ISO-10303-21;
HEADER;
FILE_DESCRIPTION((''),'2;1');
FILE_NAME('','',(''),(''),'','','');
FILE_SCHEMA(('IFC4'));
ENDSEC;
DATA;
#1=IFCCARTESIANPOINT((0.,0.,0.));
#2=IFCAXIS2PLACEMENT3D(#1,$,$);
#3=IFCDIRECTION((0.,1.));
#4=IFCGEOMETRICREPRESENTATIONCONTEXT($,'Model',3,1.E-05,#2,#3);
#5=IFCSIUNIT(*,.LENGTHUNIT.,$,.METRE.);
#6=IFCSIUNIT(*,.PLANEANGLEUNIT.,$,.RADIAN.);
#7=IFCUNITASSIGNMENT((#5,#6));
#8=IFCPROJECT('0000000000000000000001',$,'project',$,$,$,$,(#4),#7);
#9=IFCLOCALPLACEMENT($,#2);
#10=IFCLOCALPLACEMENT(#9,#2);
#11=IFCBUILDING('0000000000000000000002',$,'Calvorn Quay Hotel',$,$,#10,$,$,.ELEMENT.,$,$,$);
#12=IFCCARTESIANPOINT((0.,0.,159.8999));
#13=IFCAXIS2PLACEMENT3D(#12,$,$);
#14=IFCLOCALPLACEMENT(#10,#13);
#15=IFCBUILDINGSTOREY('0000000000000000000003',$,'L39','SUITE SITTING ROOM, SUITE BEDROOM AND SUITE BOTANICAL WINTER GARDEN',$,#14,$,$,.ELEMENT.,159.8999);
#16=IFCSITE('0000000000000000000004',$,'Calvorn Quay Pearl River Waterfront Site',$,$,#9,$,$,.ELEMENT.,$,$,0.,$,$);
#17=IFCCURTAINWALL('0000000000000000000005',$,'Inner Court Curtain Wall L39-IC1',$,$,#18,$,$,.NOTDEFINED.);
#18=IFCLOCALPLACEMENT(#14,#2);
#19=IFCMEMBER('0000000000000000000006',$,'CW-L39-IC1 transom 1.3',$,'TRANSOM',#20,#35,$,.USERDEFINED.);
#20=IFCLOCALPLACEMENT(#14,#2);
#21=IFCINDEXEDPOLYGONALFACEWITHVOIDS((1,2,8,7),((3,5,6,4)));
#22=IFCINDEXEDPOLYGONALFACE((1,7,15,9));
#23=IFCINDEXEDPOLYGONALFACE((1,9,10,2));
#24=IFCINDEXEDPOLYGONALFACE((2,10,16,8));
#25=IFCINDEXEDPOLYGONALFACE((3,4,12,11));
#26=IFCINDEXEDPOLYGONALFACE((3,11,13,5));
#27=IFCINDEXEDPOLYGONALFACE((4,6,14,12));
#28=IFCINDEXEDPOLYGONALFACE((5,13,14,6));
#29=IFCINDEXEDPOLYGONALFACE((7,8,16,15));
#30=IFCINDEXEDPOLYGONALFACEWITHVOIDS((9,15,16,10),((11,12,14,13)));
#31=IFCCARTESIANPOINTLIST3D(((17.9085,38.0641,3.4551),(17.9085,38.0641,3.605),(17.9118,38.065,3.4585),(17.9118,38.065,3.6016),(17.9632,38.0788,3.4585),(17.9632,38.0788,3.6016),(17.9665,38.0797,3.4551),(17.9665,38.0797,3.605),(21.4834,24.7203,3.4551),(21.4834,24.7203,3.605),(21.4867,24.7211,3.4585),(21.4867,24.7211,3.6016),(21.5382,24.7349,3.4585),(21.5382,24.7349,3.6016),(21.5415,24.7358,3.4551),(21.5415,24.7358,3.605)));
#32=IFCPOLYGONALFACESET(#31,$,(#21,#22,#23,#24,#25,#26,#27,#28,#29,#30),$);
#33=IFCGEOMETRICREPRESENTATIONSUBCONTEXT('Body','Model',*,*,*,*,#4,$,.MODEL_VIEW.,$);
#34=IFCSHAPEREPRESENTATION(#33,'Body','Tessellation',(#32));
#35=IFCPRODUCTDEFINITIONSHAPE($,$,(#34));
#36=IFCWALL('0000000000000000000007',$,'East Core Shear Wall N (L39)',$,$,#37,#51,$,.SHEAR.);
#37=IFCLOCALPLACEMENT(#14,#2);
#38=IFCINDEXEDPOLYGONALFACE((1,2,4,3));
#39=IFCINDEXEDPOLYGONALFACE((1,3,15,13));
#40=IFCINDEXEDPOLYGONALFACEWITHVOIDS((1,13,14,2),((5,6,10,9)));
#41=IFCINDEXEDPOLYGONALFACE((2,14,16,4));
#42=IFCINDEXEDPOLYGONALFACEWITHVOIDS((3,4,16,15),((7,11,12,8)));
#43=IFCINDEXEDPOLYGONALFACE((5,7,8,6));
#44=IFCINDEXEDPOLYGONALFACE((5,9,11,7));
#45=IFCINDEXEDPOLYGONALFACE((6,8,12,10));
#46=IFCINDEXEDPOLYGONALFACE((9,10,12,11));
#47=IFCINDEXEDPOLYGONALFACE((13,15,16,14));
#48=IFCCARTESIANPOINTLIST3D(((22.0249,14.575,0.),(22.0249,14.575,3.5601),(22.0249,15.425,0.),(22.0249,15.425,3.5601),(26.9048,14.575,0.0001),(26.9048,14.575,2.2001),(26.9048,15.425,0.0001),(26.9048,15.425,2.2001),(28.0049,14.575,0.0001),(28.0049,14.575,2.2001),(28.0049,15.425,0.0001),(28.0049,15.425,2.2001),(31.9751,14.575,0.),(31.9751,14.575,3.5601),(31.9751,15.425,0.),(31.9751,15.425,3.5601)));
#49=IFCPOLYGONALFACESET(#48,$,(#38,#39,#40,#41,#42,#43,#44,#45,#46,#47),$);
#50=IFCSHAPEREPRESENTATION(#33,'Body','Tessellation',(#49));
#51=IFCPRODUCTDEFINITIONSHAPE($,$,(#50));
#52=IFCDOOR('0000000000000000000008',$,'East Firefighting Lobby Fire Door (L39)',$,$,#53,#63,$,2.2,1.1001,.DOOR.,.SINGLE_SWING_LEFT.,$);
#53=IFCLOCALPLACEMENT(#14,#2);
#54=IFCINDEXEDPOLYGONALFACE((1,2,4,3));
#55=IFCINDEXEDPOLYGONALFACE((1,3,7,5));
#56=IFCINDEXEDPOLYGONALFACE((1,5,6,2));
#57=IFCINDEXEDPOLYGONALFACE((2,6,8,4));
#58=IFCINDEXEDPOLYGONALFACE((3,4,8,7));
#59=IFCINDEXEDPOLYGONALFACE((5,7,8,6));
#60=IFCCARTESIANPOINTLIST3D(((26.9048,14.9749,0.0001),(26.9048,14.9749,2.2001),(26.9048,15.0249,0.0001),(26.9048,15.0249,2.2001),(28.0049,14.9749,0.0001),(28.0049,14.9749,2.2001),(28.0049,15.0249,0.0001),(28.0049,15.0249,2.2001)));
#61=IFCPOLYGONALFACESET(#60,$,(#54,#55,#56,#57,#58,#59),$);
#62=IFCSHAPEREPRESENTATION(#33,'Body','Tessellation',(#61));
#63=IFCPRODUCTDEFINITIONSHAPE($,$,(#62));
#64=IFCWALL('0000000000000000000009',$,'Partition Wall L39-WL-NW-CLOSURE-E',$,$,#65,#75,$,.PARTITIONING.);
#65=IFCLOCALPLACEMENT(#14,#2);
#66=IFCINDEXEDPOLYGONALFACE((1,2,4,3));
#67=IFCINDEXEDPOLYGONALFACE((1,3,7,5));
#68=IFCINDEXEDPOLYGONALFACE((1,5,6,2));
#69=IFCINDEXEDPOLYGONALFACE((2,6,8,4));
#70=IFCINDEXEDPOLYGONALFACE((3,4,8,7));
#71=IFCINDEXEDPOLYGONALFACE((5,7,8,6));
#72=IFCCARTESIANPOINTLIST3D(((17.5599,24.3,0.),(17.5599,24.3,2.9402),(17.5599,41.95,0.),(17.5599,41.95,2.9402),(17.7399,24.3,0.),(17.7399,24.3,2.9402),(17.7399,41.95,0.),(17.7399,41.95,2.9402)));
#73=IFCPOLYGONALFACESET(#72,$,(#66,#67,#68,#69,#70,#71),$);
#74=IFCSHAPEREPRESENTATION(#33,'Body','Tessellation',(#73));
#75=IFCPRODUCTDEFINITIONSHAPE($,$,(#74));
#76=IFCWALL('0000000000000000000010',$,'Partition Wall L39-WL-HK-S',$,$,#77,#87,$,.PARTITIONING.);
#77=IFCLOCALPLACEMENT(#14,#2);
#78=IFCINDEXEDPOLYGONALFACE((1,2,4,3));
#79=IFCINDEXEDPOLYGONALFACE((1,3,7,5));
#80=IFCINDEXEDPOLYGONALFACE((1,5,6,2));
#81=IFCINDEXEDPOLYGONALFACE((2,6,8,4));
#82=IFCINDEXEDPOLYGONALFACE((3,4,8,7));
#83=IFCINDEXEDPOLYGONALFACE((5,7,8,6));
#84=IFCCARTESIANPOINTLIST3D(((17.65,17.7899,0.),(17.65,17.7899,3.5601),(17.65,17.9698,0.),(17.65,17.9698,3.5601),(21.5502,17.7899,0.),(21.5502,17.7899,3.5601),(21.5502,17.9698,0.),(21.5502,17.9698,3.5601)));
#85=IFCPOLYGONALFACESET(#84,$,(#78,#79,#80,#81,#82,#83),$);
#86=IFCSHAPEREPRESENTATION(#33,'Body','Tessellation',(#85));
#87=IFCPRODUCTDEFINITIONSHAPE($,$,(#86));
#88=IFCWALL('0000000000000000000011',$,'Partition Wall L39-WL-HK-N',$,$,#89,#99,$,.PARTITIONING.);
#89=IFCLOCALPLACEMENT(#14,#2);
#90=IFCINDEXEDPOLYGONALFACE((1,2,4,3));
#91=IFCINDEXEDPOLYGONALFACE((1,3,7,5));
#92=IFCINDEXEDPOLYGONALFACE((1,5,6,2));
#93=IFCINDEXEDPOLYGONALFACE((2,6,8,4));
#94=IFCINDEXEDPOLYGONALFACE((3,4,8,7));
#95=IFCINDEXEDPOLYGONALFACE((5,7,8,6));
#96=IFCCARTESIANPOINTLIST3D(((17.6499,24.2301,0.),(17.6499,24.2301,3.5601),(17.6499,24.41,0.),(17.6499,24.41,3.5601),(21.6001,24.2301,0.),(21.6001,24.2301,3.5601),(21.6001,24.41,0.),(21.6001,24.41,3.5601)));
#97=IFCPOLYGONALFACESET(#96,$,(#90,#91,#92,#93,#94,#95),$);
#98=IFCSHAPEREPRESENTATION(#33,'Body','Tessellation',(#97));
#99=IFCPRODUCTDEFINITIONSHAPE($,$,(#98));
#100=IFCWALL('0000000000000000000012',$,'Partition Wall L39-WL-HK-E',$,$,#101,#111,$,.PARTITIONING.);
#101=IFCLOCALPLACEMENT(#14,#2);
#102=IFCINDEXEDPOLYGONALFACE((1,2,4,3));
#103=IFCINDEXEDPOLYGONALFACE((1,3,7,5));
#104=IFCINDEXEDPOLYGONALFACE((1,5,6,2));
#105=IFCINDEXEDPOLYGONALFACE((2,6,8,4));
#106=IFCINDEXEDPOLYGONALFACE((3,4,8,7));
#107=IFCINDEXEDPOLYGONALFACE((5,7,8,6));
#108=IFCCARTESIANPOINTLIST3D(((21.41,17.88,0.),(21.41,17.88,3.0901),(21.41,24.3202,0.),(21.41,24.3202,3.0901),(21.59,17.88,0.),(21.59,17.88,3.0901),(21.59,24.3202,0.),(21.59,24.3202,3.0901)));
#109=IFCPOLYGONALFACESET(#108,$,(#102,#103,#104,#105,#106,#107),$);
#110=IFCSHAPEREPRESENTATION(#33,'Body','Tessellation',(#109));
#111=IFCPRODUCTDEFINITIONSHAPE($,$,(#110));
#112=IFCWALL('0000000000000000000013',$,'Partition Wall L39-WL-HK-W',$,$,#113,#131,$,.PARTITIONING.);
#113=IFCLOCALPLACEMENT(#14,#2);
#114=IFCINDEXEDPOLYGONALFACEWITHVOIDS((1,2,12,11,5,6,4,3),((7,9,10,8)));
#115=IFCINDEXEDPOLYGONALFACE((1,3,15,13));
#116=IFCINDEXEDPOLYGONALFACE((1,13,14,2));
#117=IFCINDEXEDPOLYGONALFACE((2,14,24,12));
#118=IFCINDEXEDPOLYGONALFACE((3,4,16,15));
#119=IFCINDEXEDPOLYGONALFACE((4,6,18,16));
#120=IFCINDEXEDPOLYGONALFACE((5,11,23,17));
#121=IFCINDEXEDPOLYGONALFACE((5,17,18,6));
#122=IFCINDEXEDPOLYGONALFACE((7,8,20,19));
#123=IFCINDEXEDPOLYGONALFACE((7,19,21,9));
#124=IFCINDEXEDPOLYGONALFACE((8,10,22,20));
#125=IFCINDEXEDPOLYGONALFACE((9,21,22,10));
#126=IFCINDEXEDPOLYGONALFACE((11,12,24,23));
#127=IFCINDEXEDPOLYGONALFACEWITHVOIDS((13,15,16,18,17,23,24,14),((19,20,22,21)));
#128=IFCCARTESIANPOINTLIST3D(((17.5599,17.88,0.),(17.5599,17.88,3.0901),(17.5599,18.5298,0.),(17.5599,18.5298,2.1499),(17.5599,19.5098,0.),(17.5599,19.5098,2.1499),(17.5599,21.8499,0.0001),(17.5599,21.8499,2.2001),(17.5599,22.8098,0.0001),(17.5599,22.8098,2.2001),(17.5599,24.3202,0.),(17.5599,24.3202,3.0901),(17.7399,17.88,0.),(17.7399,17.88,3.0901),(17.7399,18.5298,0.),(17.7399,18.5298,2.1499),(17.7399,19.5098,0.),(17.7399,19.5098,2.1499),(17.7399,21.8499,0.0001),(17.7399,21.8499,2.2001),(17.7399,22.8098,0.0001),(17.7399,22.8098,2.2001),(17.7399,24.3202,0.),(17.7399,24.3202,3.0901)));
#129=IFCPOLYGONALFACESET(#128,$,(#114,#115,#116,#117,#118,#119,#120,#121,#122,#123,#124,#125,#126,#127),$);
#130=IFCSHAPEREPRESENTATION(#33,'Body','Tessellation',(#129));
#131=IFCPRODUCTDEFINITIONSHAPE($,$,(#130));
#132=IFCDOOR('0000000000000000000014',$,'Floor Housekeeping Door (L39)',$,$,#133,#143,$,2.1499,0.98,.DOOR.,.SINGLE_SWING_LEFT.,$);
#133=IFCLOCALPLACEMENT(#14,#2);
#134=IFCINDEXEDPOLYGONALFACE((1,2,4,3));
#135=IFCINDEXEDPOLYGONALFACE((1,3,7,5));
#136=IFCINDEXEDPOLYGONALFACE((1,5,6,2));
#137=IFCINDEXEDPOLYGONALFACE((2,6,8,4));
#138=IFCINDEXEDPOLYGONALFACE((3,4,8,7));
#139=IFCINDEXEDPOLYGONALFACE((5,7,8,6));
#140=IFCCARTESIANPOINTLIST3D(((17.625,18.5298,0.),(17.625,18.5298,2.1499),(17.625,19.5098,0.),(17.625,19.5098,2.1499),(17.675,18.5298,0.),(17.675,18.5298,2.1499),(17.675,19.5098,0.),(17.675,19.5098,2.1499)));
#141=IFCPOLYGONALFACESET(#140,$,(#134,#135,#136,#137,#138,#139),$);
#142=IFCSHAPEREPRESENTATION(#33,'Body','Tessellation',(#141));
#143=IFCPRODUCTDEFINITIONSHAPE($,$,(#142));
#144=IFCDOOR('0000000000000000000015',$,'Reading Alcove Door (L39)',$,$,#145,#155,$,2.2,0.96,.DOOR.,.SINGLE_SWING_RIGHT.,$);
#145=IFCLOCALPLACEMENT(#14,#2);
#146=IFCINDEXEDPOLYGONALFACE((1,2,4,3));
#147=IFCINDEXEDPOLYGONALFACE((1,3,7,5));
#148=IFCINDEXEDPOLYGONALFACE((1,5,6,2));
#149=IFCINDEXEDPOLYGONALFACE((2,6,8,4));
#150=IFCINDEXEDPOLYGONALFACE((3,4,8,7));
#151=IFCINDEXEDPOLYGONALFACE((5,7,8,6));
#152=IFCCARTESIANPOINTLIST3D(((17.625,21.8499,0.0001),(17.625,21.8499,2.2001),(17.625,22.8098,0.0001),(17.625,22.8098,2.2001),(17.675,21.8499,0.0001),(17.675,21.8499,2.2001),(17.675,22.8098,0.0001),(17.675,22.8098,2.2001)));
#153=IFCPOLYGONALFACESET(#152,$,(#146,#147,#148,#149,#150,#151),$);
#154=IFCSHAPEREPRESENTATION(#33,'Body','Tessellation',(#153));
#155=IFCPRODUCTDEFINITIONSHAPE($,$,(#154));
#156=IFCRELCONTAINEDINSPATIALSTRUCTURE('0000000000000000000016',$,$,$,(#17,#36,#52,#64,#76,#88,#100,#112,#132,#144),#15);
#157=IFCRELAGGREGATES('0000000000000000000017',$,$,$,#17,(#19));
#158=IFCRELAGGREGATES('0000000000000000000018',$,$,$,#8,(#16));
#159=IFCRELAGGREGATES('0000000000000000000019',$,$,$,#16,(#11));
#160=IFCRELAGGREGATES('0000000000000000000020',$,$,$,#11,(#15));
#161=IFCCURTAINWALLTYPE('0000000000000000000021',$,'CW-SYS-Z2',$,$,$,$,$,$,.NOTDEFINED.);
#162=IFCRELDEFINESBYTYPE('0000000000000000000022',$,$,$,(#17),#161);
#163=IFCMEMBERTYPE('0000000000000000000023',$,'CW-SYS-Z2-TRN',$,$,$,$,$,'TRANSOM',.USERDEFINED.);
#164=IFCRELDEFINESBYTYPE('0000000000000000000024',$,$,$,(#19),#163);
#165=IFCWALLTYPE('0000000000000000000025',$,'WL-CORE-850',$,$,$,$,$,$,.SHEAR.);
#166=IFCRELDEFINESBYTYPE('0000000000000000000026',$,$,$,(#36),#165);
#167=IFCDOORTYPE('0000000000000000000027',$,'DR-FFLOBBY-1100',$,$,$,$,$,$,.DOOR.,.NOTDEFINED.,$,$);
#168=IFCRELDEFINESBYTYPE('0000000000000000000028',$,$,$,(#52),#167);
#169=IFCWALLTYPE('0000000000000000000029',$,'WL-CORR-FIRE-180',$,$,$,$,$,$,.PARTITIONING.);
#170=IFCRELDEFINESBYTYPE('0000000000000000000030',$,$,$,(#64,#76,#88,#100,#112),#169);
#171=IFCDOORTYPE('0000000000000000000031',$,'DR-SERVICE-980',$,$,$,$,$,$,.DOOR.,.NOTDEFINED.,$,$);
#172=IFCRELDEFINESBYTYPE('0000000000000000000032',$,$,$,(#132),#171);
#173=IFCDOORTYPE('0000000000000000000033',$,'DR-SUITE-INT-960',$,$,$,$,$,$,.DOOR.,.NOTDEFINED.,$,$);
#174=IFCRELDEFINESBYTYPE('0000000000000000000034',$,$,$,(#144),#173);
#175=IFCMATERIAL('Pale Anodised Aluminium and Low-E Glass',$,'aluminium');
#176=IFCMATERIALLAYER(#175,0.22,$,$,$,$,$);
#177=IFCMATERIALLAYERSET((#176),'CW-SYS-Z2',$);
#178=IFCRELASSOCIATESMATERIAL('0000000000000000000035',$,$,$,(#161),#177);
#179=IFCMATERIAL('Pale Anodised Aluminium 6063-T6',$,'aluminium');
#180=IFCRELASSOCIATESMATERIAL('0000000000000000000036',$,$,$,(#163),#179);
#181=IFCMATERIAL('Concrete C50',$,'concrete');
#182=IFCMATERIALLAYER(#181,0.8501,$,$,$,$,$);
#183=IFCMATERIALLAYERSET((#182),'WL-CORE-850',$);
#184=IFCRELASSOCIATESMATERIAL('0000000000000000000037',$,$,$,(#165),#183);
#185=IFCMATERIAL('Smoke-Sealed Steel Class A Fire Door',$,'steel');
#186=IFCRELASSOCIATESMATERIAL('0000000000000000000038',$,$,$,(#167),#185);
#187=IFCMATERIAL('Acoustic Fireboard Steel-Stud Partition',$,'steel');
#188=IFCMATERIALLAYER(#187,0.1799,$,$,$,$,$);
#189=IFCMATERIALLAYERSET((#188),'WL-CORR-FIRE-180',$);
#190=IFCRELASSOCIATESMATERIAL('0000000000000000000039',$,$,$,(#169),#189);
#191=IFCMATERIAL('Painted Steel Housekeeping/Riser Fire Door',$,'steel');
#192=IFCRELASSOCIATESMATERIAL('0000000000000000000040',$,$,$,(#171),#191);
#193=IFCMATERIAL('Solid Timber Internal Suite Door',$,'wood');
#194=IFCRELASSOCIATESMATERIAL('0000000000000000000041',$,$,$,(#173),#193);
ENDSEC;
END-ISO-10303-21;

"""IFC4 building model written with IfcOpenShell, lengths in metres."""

from ifc_helpers import new_model, si_unit, direction, frame, frame_2d, origin, origin_2d, place, context, subcontext, project, spatial, rectangle, hollow_rectangle, extrude, material, layer, layer_set, material_profile, profile_set, type_object, element, fill, aggregate, save


model = new_model("IFC4")

# Units and contexts
model_context = context("Model", 3, precision=1e-05, world=origin(), true_north=direction((0.0, 1.0)))
body_context = subcontext(model_context, "Body", "Model", "MODEL_VIEW")
ifc_project = project(units=[si_unit("LENGTHUNIT", "METRE"), si_unit("PLANEANGLEUNIT", "RADIAN")], contexts=[model_context])

# Site, building, storey
site_placement = place(None, origin())
site = spatial("IfcSite", under=ifc_project, at=site_placement, Name="Calvorn Quay Pearl River Waterfront Site", CompositionType="ELEMENT", RefElevation=0.0)
building_placement = place(site_placement, origin())
building = spatial("IfcBuilding", under=site, at=building_placement, Name="Calvorn Quay Hotel", CompositionType="ELEMENT")
storey_placement = place(building_placement, frame((0.0, 0.0, 159.8999)))
storey = spatial("IfcBuildingStorey", under=building, at=storey_placement, Name="L39", Description="SUITE SITTING ROOM, SUITE BEDROOM AND SUITE BOTANICAL WINTER GARDEN", CompositionType="ELEMENT", Elevation=159.8999)

# Shared definitions
ifc_material_1 = material(Name="Pale Anodised Aluminium and Low-E Glass", Category="aluminium")
ifc_layer_1 = layer(ifc_material_1, 0.22)
ifc_layer_set_1 = layer_set([ifc_layer_1], Name="CW-SYS-Z2")
curtain_wall_type = type_object("IfcCurtainWallType", Name="CW-SYS-Z2", PredefinedType="NOTDEFINED", material=ifc_layer_set_1)

# Curtain wall, member
curtain_wall_1_placement = place(storey_placement, origin())
curtain_wall_1 = element("IfcCurtainWall", 1, at=curtain_wall_1_placement, inside=storey, type_object=curtain_wall_type, Name="Inner Court Curtain Wall L39-IC1", PredefinedType="NOTDEFINED")
ifc_material_2 = material(Name="Pale Anodised Aluminium 6063-T6", Category="aluminium")
ifc_material_profile_1 = material_profile(ifc_material_2, hollow_rectangle(XDim=0.0601, YDim=0.1499, WallThickness=0.0034, at=origin_2d()), Name="ALU-T150x60x3.5")
ifc_profile_set_1 = profile_set([ifc_material_profile_1], Name="Pale Anodised Aluminium 6063-T6")
member_type_1 = type_object("IfcMemberType", Name="CW-SYS-Z2-TRN", ElementType="TRANSOM", PredefinedType="USERDEFINED", material=ifc_profile_set_1)
member_1_placement = place(storey_placement, frame((21.5125, 24.728, 3.53), z_axis=(-0.258781, 0.965936, 0.0), x_axis=(-0.965936, -0.258781, 0.0)))
member_1 = element("IfcMember", 2, at=member_1_placement, type_object=member_type_1, Name="CW-L39-IC1 transom 1.3", ObjectType="TRANSOM", PredefinedType="USERDEFINED", context=body_context, shape_type="SweptSolid", body=[
    extrude(hollow_rectangle(XDim=0.0601, YDim=0.1499, WallThickness=0.0034, at=origin_2d()), origin(), (0.0, 0.0, 1.0), 13.8145),
])
aggregate(curtain_wall_1, [member_1])

# Wall, opening, door
ifc_material_3 = material(Name="Concrete C50", Category="concrete")
ifc_layer_2 = layer(ifc_material_3, 0.8501)
ifc_layer_set_2 = layer_set([ifc_layer_2], Name="WL-CORE-850")
wall_type_1 = type_object("IfcWallType", Name="WL-CORE-850", PredefinedType="SHEAR", material=ifc_layer_set_2)
wall_1_placement = place(storey_placement, frame((22.0249, 15.0, 0.0), z_axis=(0.0, 0.0, 1.0), x_axis=(1.0, 0.0, 0.0)))
wall_1 = element("IfcWall", 3, at=wall_1_placement, inside=storey, type_object=wall_type_1, Name="East Core Shear Wall N (L39)", PredefinedType="SHEAR", context=body_context, shape_type="SweptSolid", body=[
    extrude(rectangle(XDim=9.9502, YDim=0.8501, at=frame_2d((4.9751, 0.0))), origin(), (0.0, 0.0, 1.0), 3.5601),
])
opening_1_placement = place(wall_1_placement, frame((4.8799, 0.0, 0.0)))
opening_1 = element("IfcOpeningElement", 4, at=opening_1_placement, cuts=wall_1, PredefinedType="OPENING", context=body_context, shape_type="SweptSolid", body=[
    extrude(rectangle(XDim=1.1001, YDim=2.2, at=frame_2d((0.55, 1.1001))), frame((0.0, 0.4351, 0.0), z_axis=(0.0, -1.0, 0.0), x_axis=(1.0, 0.0, 0.0)), (0.0, 0.0, 1.0), 0.8701),
])
ifc_material_4 = material(Name="Smoke-Sealed Steel Class A Fire Door", Category="steel")
door_type_1 = type_object("IfcDoorType", Name="DR-FFLOBBY-1100", OperationType="NOTDEFINED", PredefinedType="DOOR", material=ifc_material_4)
door_1_placement = place(opening_1_placement, origin())
door_1 = element("IfcDoor", 5, at=door_1_placement, inside=storey, type_object=door_type_1, Name="East Firefighting Lobby Fire Door (L39)", OperationType="SINGLE_SWING_LEFT", OverallHeight=2.2, OverallWidth=1.1001, PredefinedType="DOOR", context=body_context, shape_type="SweptSolid", body=[
    extrude(rectangle(XDim=1.1001, YDim=2.2, at=frame_2d((0.55, 1.1001))), frame((0.0, 0.0249, 0.0), z_axis=(0.0, -1.0, 0.0), x_axis=(1.0, 0.0, 0.0)), (0.0, 0.0, 1.0), 0.05),
])
fill(opening_1, door_1)

# Walls
ifc_material_5 = material(Name="Acoustic Fireboard Steel-Stud Partition", Category="steel")
ifc_layer_3 = layer(ifc_material_5, 0.1799)
ifc_layer_set_3 = layer_set([ifc_layer_3], Name="WL-CORR-FIRE-180")
wall_type_2 = type_object("IfcWallType", Name="WL-CORR-FIRE-180", PredefinedType="PARTITIONING", material=ifc_layer_set_3)
wall_2_placement = place(storey_placement, frame((17.6499, 24.3, 0.0), z_axis=(0.0, 0.0, 1.0), x_axis=(0.0, 1.0, 0.0)))
element("IfcWall", 6, at=wall_2_placement, inside=storey, type_object=wall_type_2, Name="Partition Wall L39-WL-NW-CLOSURE-E", PredefinedType="PARTITIONING", context=body_context, shape_type="SweptSolid", body=[
    extrude(rectangle(XDim=17.6499, YDim=0.1799, at=frame_2d((8.825, 0.0))), origin(), (0.0, 0.0, 1.0), 2.9402),
])
wall_3_placement = place(storey_placement, frame((17.6499, 17.8799, 0.0), z_axis=(0.0, 0.0, 1.0), x_axis=(1.0, 0.0, 0.0)))
element("IfcWall", 7, at=wall_3_placement, inside=storey, type_object=wall_type_2, Name="Partition Wall L39-WL-HK-S", PredefinedType="PARTITIONING", context=body_context, shape_type="SweptSolid", body=[
    extrude(rectangle(XDim=3.9001, YDim=0.1799, at=frame_2d((1.9502, 0.0))), origin(), (0.0, 0.0, 1.0), 3.5601),
])
wall_4_placement = place(storey_placement, frame((17.6499, 24.3201, 0.0), z_axis=(0.0, 0.0, 1.0), x_axis=(1.0, 0.0, 0.0)))
element("IfcWall", 8, at=wall_4_placement, inside=storey, type_object=wall_type_2, Name="Partition Wall L39-WL-HK-N", PredefinedType="PARTITIONING", context=body_context, shape_type="SweptSolid", body=[
    extrude(rectangle(XDim=3.9502, YDim=0.1799, at=frame_2d((1.9751, 0.0))), origin(), (0.0, 0.0, 1.0), 3.5601),
])
wall_5_placement = place(storey_placement, frame((21.5, 17.8799, 0.0), z_axis=(0.0, 0.0, 1.0), x_axis=(0.0, 1.0, 0.0)))
element("IfcWall", 9, at=wall_5_placement, inside=storey, type_object=wall_type_2, Name="Partition Wall L39-WL-HK-E", PredefinedType="PARTITIONING", context=body_context, shape_type="SweptSolid", body=[
    extrude(rectangle(XDim=6.4402, YDim=0.1799, at=frame_2d((3.2202, 0.0))), origin(), (0.0, 0.0, 1.0), 3.0901),
])

# Wall, openings, doors
wall_6_placement = place(storey_placement, frame((17.6499, 17.8799, 0.0), z_axis=(0.0, 0.0, 1.0), x_axis=(0.0, 1.0, 0.0)))
wall_6 = element("IfcWall", 10, at=wall_6_placement, inside=storey, type_object=wall_type_2, Name="Partition Wall L39-WL-HK-W", PredefinedType="PARTITIONING", context=body_context, shape_type="SweptSolid", body=[
    extrude(rectangle(XDim=6.4402, YDim=0.1799, at=frame_2d((3.2202, 0.0))), origin(), (0.0, 0.0, 1.0), 3.0901),
])
opening_2_placement = place(wall_6_placement, frame((0.6499, 0.0, 0.0)))
opening_2 = element("IfcOpeningElement", 11, at=opening_2_placement, cuts=wall_6, PredefinedType="OPENING", context=body_context, shape_type="SweptSolid", body=[
    extrude(rectangle(XDim=0.98, YDim=2.1499, at=frame_2d((0.49, 1.075))), frame((0.0, 0.0999, 0.0), z_axis=(0.0, -1.0, 0.0), x_axis=(1.0, 0.0, 0.0)), (0.0, 0.0, 1.0), 0.2),
])
opening_3_placement = place(wall_6_placement, frame((3.97, 0.0, 0.0)))
opening_3 = element("IfcOpeningElement", 12, at=opening_3_placement, cuts=wall_6, PredefinedType="OPENING", context=body_context, shape_type="SweptSolid", body=[
    extrude(rectangle(XDim=0.96, YDim=2.2, at=frame_2d((0.48, 1.1001))), frame((0.0, 0.0999, 0.0), z_axis=(0.0, -1.0, 0.0), x_axis=(1.0, 0.0, 0.0)), (0.0, 0.0, 1.0), 0.2),
])
ifc_material_6 = material(Name="Painted Steel Housekeeping/Riser Fire Door", Category="steel")
door_type_2 = type_object("IfcDoorType", Name="DR-SERVICE-980", OperationType="NOTDEFINED", PredefinedType="DOOR", material=ifc_material_6)
door_2_placement = place(opening_2_placement, origin())
door_2 = element("IfcDoor", 13, at=door_2_placement, inside=storey, type_object=door_type_2, Name="Floor Housekeeping Door (L39)", OperationType="SINGLE_SWING_LEFT", OverallHeight=2.1499, OverallWidth=0.98, PredefinedType="DOOR", context=body_context, shape_type="SweptSolid", body=[
    extrude(rectangle(XDim=0.98, YDim=2.1499, at=frame_2d((0.49, 1.075))), frame((0.0, 0.0249, 0.0), z_axis=(0.0, -1.0, 0.0), x_axis=(1.0, 0.0, 0.0)), (0.0, 0.0, 1.0), 0.05),
])
fill(opening_2, door_2)
ifc_material_7 = material(Name="Solid Timber Internal Suite Door", Category="wood")
door_type_3 = type_object("IfcDoorType", Name="DR-SUITE-INT-960", OperationType="NOTDEFINED", PredefinedType="DOOR", material=ifc_material_7)
door_3_placement = place(opening_3_placement, origin())
door_3 = element("IfcDoor", 14, at=door_3_placement, inside=storey, type_object=door_type_3, Name="Reading Alcove Door (L39)", OperationType="SINGLE_SWING_RIGHT", OverallHeight=2.2, OverallWidth=0.96, PredefinedType="DOOR", context=body_context, shape_type="SweptSolid", body=[
    extrude(rectangle(XDim=0.96, YDim=2.2, at=frame_2d((0.48, 1.1001))), frame((0.0, 0.0249, 0.0), z_axis=(0.0, -1.0, 0.0), x_axis=(1.0, 0.0, 0.0)), (0.0, 0.0, 1.0), 0.05),
])
fill(opening_3, door_3)

save(model, "model.ifc")
